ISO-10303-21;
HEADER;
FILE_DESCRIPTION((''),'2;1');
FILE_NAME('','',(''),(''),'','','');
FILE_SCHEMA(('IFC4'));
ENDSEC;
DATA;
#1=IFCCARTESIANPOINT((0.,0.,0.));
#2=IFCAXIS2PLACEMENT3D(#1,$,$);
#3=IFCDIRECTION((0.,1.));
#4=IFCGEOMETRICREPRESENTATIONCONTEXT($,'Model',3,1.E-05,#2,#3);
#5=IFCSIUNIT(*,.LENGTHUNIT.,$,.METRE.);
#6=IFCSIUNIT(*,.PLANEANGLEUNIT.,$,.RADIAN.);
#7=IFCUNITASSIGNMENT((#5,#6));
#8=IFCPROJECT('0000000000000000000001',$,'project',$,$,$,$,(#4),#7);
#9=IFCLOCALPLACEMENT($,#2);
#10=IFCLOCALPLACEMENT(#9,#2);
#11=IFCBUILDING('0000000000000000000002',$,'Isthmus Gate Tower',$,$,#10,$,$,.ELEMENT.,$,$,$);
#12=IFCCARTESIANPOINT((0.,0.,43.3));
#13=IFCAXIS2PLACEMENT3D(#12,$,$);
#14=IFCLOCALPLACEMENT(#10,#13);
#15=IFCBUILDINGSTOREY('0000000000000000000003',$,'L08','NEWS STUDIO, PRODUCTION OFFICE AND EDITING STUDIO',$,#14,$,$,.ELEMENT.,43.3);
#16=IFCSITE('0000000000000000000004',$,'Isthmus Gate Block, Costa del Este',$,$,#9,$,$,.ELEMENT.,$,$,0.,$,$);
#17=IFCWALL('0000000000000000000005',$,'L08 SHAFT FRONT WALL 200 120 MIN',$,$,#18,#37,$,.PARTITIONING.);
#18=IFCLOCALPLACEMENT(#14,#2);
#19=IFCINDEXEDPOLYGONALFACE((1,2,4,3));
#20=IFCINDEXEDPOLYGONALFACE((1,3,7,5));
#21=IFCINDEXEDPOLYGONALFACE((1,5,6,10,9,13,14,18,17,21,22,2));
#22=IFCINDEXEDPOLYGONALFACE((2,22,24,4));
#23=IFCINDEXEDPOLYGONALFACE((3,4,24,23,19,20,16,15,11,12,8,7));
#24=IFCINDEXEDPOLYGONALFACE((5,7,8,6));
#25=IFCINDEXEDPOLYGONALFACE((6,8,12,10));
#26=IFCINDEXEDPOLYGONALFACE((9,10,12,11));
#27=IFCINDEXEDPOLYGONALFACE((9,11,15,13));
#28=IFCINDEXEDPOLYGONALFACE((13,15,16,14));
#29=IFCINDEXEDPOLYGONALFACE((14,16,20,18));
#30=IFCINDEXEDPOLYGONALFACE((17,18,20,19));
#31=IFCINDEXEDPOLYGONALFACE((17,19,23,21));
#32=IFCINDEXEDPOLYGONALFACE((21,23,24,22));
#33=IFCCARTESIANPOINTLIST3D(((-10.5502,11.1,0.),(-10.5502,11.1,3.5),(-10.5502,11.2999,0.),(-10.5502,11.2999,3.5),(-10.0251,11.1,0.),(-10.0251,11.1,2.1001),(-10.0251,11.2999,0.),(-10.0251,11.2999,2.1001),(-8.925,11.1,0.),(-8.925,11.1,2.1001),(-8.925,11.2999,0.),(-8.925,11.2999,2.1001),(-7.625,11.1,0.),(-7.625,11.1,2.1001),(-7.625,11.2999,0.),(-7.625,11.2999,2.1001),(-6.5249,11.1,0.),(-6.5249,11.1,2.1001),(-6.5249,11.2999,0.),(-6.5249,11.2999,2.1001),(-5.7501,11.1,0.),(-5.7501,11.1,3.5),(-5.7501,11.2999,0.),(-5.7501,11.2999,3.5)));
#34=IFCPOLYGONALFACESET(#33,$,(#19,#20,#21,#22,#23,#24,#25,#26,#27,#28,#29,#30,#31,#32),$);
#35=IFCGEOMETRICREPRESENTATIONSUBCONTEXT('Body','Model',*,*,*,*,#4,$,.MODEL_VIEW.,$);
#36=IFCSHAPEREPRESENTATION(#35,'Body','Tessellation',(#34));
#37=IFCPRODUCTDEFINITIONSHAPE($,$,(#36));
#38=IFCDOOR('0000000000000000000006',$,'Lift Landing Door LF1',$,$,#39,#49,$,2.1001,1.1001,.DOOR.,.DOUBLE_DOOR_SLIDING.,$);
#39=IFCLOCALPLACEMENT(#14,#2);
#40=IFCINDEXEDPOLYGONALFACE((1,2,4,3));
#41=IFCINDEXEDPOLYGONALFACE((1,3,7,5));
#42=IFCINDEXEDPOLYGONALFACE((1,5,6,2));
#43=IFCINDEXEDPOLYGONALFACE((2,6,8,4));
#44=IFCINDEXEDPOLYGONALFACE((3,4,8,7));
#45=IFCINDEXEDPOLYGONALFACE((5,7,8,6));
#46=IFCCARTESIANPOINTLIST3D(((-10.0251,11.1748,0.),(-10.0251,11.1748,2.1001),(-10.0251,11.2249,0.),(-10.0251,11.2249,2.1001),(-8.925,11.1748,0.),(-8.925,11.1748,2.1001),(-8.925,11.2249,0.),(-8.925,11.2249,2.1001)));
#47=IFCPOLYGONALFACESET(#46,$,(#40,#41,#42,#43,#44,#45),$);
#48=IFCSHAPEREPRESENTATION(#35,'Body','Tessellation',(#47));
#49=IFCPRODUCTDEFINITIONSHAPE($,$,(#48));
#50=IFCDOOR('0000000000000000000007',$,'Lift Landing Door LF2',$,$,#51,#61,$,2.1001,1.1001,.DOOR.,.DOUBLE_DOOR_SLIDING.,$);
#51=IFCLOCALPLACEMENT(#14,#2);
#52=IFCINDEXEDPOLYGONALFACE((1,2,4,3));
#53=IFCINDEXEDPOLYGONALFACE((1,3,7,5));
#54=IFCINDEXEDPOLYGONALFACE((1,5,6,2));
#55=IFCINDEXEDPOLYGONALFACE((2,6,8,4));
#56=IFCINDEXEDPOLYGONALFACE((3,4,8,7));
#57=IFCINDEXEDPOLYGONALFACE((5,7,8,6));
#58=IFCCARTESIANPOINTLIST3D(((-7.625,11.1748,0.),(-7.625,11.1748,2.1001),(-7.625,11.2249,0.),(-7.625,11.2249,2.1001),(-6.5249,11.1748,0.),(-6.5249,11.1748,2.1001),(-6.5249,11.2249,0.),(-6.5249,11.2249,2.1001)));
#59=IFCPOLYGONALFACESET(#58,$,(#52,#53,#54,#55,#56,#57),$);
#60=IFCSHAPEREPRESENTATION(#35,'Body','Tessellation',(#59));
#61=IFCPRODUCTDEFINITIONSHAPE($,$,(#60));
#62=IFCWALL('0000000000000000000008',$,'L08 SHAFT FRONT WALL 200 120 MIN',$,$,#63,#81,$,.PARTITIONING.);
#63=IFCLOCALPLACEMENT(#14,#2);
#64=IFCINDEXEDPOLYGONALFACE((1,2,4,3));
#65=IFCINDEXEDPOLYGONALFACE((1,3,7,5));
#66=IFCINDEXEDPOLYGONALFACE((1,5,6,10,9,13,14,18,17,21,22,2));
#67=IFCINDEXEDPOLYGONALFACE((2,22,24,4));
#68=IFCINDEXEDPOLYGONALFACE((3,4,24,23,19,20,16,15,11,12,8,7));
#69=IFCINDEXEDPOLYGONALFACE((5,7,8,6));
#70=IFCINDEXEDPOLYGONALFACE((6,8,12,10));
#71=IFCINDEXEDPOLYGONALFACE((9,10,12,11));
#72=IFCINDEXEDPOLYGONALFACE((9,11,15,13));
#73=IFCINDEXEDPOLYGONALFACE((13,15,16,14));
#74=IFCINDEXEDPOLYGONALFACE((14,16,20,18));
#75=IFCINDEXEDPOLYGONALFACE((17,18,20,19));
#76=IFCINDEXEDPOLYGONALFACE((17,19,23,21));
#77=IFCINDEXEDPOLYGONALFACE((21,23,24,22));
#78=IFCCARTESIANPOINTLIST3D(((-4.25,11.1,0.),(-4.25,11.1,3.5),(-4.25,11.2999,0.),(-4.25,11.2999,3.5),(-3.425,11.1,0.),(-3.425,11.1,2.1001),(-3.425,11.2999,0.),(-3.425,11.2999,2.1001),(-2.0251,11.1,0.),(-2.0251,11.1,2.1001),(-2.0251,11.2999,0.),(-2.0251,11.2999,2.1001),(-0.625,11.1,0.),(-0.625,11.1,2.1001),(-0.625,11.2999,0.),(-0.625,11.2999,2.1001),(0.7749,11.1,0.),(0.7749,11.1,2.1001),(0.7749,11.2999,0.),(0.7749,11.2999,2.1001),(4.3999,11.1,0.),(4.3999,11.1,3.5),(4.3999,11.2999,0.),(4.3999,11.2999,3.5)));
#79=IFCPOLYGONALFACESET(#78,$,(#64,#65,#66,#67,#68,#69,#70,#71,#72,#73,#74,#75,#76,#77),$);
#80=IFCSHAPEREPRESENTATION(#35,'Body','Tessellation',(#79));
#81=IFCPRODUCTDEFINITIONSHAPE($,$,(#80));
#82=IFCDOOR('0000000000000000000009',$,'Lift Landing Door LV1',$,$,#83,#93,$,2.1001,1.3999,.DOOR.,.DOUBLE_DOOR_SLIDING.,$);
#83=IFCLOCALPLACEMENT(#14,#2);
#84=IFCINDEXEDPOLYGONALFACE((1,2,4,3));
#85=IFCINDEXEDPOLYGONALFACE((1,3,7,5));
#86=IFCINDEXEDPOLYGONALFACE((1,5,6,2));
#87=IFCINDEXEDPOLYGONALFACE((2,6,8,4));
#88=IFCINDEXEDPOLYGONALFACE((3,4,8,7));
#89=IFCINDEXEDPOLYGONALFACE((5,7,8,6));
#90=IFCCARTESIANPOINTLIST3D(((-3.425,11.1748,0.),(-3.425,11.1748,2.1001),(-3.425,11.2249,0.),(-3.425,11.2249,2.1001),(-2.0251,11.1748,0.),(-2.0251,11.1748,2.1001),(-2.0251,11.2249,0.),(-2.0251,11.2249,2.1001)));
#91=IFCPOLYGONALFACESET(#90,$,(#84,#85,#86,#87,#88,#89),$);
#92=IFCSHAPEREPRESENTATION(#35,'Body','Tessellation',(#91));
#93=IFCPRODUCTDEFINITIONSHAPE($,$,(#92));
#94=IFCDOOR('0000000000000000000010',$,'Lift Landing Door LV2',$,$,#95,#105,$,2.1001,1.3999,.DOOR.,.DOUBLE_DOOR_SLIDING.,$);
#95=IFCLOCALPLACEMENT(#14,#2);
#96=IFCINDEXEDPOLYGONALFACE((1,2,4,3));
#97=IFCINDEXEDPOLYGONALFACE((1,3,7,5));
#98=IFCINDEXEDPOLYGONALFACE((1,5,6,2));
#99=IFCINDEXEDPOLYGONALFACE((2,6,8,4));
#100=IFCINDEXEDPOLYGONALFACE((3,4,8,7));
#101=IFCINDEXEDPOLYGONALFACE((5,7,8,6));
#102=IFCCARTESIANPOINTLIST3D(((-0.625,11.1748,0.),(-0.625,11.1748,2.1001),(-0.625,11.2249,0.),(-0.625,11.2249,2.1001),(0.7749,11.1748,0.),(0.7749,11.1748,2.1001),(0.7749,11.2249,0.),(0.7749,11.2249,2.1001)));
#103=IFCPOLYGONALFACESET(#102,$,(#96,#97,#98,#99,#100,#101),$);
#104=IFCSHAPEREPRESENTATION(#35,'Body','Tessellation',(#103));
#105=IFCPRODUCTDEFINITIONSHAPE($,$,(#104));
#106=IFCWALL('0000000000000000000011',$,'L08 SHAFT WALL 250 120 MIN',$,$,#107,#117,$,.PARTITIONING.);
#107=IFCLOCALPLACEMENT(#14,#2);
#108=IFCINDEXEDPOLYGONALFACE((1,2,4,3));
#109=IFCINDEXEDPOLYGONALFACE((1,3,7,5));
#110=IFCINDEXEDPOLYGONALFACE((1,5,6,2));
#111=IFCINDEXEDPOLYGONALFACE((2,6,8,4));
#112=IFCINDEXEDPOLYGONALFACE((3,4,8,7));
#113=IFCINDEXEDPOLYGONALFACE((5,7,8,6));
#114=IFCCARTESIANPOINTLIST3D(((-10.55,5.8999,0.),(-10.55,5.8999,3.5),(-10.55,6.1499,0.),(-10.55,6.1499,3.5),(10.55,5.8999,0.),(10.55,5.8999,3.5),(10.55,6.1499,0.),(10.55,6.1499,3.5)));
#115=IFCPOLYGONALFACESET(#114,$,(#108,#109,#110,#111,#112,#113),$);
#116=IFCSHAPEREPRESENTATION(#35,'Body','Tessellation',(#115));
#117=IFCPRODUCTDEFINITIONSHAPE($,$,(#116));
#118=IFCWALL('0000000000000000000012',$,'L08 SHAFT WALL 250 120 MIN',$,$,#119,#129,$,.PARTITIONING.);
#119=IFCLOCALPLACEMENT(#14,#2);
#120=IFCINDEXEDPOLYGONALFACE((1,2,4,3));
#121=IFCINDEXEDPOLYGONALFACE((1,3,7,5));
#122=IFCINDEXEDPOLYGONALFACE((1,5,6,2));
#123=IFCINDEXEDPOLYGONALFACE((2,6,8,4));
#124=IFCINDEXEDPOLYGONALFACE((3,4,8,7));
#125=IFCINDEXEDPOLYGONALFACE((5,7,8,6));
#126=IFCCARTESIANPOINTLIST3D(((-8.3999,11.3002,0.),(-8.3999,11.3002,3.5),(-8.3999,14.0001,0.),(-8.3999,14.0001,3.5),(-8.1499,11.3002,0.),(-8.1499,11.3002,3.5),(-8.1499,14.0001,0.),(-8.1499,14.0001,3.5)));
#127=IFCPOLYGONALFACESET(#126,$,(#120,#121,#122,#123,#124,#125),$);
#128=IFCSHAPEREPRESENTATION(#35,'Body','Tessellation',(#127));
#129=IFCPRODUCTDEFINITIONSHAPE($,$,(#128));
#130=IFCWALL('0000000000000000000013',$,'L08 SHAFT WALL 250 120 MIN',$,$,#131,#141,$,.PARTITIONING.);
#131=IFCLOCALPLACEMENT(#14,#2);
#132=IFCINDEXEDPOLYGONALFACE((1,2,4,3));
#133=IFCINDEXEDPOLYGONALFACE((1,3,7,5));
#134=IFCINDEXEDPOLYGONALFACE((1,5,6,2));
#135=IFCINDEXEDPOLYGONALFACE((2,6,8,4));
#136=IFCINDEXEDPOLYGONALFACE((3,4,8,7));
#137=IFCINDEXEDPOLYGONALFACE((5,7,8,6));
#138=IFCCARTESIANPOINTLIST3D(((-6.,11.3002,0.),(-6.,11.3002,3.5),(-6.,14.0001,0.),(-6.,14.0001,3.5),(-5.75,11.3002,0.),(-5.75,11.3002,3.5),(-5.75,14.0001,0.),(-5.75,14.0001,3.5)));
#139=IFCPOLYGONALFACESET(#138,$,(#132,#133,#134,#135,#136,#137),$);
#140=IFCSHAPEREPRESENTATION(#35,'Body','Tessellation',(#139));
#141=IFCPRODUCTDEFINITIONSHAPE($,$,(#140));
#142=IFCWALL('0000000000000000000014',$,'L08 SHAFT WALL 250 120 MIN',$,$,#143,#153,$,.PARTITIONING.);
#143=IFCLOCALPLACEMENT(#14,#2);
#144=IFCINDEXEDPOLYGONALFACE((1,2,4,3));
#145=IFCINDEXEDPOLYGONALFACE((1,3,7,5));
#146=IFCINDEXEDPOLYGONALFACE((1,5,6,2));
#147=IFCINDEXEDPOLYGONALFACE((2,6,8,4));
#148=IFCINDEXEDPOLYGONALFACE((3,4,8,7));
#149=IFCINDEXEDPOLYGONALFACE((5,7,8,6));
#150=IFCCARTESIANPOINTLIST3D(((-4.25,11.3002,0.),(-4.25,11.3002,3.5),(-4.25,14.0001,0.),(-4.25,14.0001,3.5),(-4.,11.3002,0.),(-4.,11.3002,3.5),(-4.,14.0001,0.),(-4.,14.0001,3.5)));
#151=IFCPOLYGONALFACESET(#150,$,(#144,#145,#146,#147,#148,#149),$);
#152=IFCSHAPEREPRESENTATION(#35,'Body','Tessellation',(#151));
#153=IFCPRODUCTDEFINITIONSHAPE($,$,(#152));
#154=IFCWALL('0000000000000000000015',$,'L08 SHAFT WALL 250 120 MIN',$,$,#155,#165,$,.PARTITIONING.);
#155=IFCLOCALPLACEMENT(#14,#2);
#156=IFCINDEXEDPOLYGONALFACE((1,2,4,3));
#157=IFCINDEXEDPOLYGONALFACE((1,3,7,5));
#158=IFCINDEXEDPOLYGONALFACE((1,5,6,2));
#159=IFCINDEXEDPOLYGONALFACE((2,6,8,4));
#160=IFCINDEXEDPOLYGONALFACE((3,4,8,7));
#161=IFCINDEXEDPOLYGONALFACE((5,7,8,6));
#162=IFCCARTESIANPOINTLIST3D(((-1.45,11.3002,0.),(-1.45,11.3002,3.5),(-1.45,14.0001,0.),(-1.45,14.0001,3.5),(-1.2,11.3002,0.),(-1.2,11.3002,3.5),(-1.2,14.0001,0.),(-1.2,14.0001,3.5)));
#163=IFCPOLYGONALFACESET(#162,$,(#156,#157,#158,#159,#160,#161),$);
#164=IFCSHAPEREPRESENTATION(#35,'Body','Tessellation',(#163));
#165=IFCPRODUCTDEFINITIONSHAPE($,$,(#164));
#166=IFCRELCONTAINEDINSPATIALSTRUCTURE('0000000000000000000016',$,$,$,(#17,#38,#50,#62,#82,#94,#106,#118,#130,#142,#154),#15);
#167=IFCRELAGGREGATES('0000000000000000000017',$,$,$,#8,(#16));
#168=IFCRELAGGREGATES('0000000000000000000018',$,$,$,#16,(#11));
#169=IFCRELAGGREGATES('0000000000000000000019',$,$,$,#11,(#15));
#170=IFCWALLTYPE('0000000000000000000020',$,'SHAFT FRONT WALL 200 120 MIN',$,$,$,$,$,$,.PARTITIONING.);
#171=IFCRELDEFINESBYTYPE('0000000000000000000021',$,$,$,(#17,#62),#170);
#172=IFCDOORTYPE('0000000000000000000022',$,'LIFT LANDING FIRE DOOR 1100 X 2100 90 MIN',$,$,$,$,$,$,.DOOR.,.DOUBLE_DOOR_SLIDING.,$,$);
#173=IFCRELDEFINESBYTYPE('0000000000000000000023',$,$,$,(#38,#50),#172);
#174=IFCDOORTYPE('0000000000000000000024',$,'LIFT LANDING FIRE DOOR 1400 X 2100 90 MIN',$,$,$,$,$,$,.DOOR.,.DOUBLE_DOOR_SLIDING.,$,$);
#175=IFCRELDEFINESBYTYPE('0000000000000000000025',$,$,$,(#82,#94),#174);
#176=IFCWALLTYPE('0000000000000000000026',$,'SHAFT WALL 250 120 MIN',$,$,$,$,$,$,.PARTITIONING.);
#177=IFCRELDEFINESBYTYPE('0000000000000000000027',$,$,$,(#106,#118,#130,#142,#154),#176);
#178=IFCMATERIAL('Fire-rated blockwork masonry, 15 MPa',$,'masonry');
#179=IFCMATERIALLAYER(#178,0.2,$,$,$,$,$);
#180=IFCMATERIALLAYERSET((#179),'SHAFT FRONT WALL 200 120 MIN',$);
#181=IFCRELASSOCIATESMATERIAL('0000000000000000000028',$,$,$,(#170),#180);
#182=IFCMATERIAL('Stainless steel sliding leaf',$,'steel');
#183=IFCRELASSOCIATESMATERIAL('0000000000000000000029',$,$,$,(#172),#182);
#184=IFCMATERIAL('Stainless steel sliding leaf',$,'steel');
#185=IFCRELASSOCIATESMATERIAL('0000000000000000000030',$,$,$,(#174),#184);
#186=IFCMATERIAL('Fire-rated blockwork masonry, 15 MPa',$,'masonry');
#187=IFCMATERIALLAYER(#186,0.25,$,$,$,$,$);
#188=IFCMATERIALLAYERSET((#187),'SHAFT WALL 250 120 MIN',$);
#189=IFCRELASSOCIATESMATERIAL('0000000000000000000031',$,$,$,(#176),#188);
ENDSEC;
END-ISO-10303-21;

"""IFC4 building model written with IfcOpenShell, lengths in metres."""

from ifc_helpers import new_model, si_unit, direction, frame, frame_2d, origin, place, context, subcontext, project, spatial, rectangle, extrude, material, layer, layer_set, type_object, element, fill, save


model = new_model("IFC4")

# Units and contexts
model_context = context("Model", 3, precision=1e-05, world=origin(), true_north=direction((0.0, 1.0)))
body_context = subcontext(model_context, "Body", "Model", "MODEL_VIEW")
ifc_project = project(units=[si_unit("LENGTHUNIT", "METRE"), si_unit("PLANEANGLEUNIT", "RADIAN")], contexts=[model_context])

# Site, building, storey
site_placement = place(None, origin())
site = spatial("IfcSite", under=ifc_project, at=site_placement, Name="Isthmus Gate Block, Costa del Este", CompositionType="ELEMENT", RefElevation=0.0)
building_placement = place(site_placement, origin())
building = spatial("IfcBuilding", under=site, at=building_placement, Name="Isthmus Gate Tower", CompositionType="ELEMENT")
storey_placement = place(building_placement, frame((0.0, 0.0, 43.3)))
storey = spatial("IfcBuildingStorey", under=building, at=storey_placement, Name="L08", Description="NEWS STUDIO, PRODUCTION OFFICE AND EDITING STUDIO", CompositionType="ELEMENT", Elevation=43.3)

# Walls, openings, doors
ifc_material_1 = material(Name="Fire-rated blockwork masonry, 15 MPa", Category="masonry")
ifc_layer_1 = layer(ifc_material_1, 0.2)
ifc_layer_set_1 = layer_set([ifc_layer_1], Name="SHAFT FRONT WALL 200 120 MIN")
wall_type_1 = type_object("IfcWallType", Name="SHAFT FRONT WALL 200 120 MIN", PredefinedType="PARTITIONING", material=ifc_layer_set_1)
wall_1_placement = place(storey_placement, frame((-10.55, 11.2, 0.0), z_axis=(0.0, 0.0, 1.0), x_axis=(1.0, 0.0, 0.0)))
wall_1 = element("IfcWall", 1, at=wall_1_placement, inside=storey, type_object=wall_type_1, Name="L08 SHAFT FRONT WALL 200 120 MIN", PredefinedType="PARTITIONING", context=body_context, shape_type="SweptSolid", body=[
    extrude(rectangle(XDim=4.8, YDim=0.2, at=frame_2d((2.3999, 0.0))), origin(), (0.0, 0.0, 1.0), 3.5),
])
opening_1_placement = place(wall_1_placement, frame((0.5249, 0.0, 0.0)))
opening_1 = element("IfcOpeningElement", 2, at=opening_1_placement, cuts=wall_1, PredefinedType="OPENING", context=body_context, shape_type="SweptSolid", body=[
    extrude(rectangle(XDim=1.1001, YDim=2.1001, at=frame_2d((0.55, 1.05))), frame((0.0, 0.1099, 0.0), z_axis=(0.0, -1.0, 0.0), x_axis=(1.0, 0.0, 0.0)), (0.0, 0.0, 1.0), 0.22),
])
opening_2_placement = place(wall_1_placement, frame((2.925, 0.0, 0.0)))
opening_2 = element("IfcOpeningElement", 3, at=opening_2_placement, cuts=wall_1, PredefinedType="OPENING", context=body_context, shape_type="SweptSolid", body=[
    extrude(rectangle(XDim=1.1001, YDim=2.1001, at=frame_2d((0.55, 1.05))), frame((0.0, 0.1099, 0.0), z_axis=(0.0, -1.0, 0.0), x_axis=(1.0, 0.0, 0.0)), (0.0, 0.0, 1.0), 0.22),
])
ifc_material_2 = material(Name="Stainless steel sliding leaf", Category="steel")
door_type_1 = type_object("IfcDoorType", Name="LIFT LANDING FIRE DOOR 1100 X 2100 90 MIN", OperationType="DOUBLE_DOOR_SLIDING", PredefinedType="DOOR", material=ifc_material_2)
door_1_placement = place(opening_1_placement, origin())
door_1 = element("IfcDoor", 4, at=door_1_placement, inside=storey, type_object=door_type_1, Name="Lift Landing Door LF1", OperationType="DOUBLE_DOOR_SLIDING", OverallHeight=2.1001, OverallWidth=1.1001, PredefinedType="DOOR", context=body_context, shape_type="SweptSolid", body=[
    extrude(rectangle(XDim=1.1001, YDim=2.1001, at=frame_2d((0.55, 1.05))), frame((0.0, 0.0249, 0.0), z_axis=(0.0, -1.0, 0.0), x_axis=(1.0, 0.0, 0.0)), (0.0, 0.0, 1.0), 0.05),
])
fill(opening_1, door_1)
door_2_placement = place(opening_2_placement, origin())
door_2 = element("IfcDoor", 5, at=door_2_placement, inside=storey, type_object=door_type_1, Name="Lift Landing Door LF2", OperationType="DOUBLE_DOOR_SLIDING", OverallHeight=2.1001, OverallWidth=1.1001, PredefinedType="DOOR", context=body_context, shape_type="SweptSolid", body=[
    extrude(rectangle(XDim=1.1001, YDim=2.1001, at=frame_2d((0.55, 1.05))), frame((0.0, 0.0249, 0.0), z_axis=(0.0, -1.0, 0.0), x_axis=(1.0, 0.0, 0.0)), (0.0, 0.0, 1.0), 0.05),
])
fill(opening_2, door_2)
wall_2_placement = place(storey_placement, frame((-4.25, 11.2, 0.0), z_axis=(0.0, 0.0, 1.0), x_axis=(1.0, 0.0, 0.0)))
wall_2 = element("IfcWall", 6, at=wall_2_placement, inside=storey, type_object=wall_type_1, Name="L08 SHAFT FRONT WALL 200 120 MIN", PredefinedType="PARTITIONING", context=body_context, shape_type="SweptSolid", body=[
    extrude(rectangle(XDim=8.6499, YDim=0.2, at=frame_2d((4.325, 0.0))), origin(), (0.0, 0.0, 1.0), 3.5),
])
opening_3_placement = place(wall_2_placement, frame((0.825, 0.0, 0.0)))
opening_3 = element("IfcOpeningElement", 7, at=opening_3_placement, cuts=wall_2, PredefinedType="OPENING", context=body_context, shape_type="SweptSolid", body=[
    extrude(rectangle(XDim=1.3999, YDim=2.1001, at=frame_2d((0.7, 1.05))), frame((0.0, 0.1099, 0.0), z_axis=(0.0, -1.0, 0.0), x_axis=(1.0, 0.0, 0.0)), (0.0, 0.0, 1.0), 0.22),
])
opening_4_placement = place(wall_2_placement, frame((3.625, 0.0, 0.0)))
opening_4 = element("IfcOpeningElement", 8, at=opening_4_placement, cuts=wall_2, PredefinedType="OPENING", context=body_context, shape_type="SweptSolid", body=[
    extrude(rectangle(XDim=1.3999, YDim=2.1001, at=frame_2d((0.7, 1.05))), frame((0.0, 0.1099, 0.0), z_axis=(0.0, -1.0, 0.0), x_axis=(1.0, 0.0, 0.0)), (0.0, 0.0, 1.0), 0.22),
])
ifc_material_3 = material(Name="Stainless steel sliding leaf", Category="steel")
door_type_2 = type_object("IfcDoorType", Name="LIFT LANDING FIRE DOOR 1400 X 2100 90 MIN", OperationType="DOUBLE_DOOR_SLIDING", PredefinedType="DOOR", material=ifc_material_3)
door_3_placement = place(opening_3_placement, origin())
door_3 = element("IfcDoor", 9, at=door_3_placement, inside=storey, type_object=door_type_2, Name="Lift Landing Door LV1", OperationType="DOUBLE_DOOR_SLIDING", OverallHeight=2.1001, OverallWidth=1.3999, PredefinedType="DOOR", context=body_context, shape_type="SweptSolid", body=[
    extrude(rectangle(XDim=1.3999, YDim=2.1001, at=frame_2d((0.7, 1.05))), frame((0.0, 0.0249, 0.0), z_axis=(0.0, -1.0, 0.0), x_axis=(1.0, 0.0, 0.0)), (0.0, 0.0, 1.0), 0.05),
])
fill(opening_3, door_3)
door_4_placement = place(opening_4_placement, origin())
door_4 = element("IfcDoor", 10, at=door_4_placement, inside=storey, type_object=door_type_2, Name="Lift Landing Door LV2", OperationType="DOUBLE_DOOR_SLIDING", OverallHeight=2.1001, OverallWidth=1.3999, PredefinedType="DOOR", context=body_context, shape_type="SweptSolid", body=[
    extrude(rectangle(XDim=1.3999, YDim=2.1001, at=frame_2d((0.7, 1.05))), frame((0.0, 0.0249, 0.0), z_axis=(0.0, -1.0, 0.0), x_axis=(1.0, 0.0, 0.0)), (0.0, 0.0, 1.0), 0.05),
])
fill(opening_4, door_4)

# Walls
ifc_material_4 = material(Name="Fire-rated blockwork masonry, 15 MPa", Category="masonry")
ifc_layer_2 = layer(ifc_material_4, 0.25)
ifc_layer_set_2 = layer_set([ifc_layer_2], Name="SHAFT WALL 250 120 MIN")
wall_type_2 = type_object("IfcWallType", Name="SHAFT WALL 250 120 MIN", PredefinedType="PARTITIONING", material=ifc_layer_set_2)
wall_3_placement = place(storey_placement, frame((-10.55, 6.0249, 0.0), z_axis=(0.0, 0.0, 1.0), x_axis=(1.0, 0.0, 0.0)))
element("IfcWall", 11, at=wall_3_placement, inside=storey, type_object=wall_type_2, Name="L08 SHAFT WALL 250 120 MIN", PredefinedType="PARTITIONING", context=body_context, shape_type="SweptSolid", body=[
    extrude(rectangle(XDim=21.1001, YDim=0.25, at=frame_2d((10.55, 0.0))), origin(), (0.0, 0.0, 1.0), 3.5),
])
for number, where, z_axis, x_axis, name in (
    (12, (-8.2749, 11.3, 0.0), (0.0, 0.0, 1.0), (0.0, 1.0, 0.0), "L08 SHAFT WALL 250 120 MIN"),
    (13, (-5.875, 11.3, 0.0), (0.0, 0.0, 1.0), (0.0, 1.0, 0.0), "L08 SHAFT WALL 250 120 MIN"),
    (14, (-4.125, 11.3, 0.0), (0.0, 0.0, 1.0), (0.0, 1.0, 0.0), "L08 SHAFT WALL 250 120 MIN"),
    (15, (-1.325, 11.3, 0.0), (0.0, 0.0, 1.0), (0.0, 1.0, 0.0), "L08 SHAFT WALL 250 120 MIN"),
):
    element("IfcWall", number, at=place(storey_placement, frame(where, z_axis=z_axis, x_axis=x_axis)), inside=storey, type_object=wall_type_2, Name=name, PredefinedType="PARTITIONING", context=body_context, shape_type="SweptSolid", body=[
        extrude(rectangle(XDim=2.7, YDim=0.25, at=frame_2d((1.3501, 0.0))), origin(), (0.0, 0.0, 1.0), 3.5),
    ])

save(model, "model.ifc")
